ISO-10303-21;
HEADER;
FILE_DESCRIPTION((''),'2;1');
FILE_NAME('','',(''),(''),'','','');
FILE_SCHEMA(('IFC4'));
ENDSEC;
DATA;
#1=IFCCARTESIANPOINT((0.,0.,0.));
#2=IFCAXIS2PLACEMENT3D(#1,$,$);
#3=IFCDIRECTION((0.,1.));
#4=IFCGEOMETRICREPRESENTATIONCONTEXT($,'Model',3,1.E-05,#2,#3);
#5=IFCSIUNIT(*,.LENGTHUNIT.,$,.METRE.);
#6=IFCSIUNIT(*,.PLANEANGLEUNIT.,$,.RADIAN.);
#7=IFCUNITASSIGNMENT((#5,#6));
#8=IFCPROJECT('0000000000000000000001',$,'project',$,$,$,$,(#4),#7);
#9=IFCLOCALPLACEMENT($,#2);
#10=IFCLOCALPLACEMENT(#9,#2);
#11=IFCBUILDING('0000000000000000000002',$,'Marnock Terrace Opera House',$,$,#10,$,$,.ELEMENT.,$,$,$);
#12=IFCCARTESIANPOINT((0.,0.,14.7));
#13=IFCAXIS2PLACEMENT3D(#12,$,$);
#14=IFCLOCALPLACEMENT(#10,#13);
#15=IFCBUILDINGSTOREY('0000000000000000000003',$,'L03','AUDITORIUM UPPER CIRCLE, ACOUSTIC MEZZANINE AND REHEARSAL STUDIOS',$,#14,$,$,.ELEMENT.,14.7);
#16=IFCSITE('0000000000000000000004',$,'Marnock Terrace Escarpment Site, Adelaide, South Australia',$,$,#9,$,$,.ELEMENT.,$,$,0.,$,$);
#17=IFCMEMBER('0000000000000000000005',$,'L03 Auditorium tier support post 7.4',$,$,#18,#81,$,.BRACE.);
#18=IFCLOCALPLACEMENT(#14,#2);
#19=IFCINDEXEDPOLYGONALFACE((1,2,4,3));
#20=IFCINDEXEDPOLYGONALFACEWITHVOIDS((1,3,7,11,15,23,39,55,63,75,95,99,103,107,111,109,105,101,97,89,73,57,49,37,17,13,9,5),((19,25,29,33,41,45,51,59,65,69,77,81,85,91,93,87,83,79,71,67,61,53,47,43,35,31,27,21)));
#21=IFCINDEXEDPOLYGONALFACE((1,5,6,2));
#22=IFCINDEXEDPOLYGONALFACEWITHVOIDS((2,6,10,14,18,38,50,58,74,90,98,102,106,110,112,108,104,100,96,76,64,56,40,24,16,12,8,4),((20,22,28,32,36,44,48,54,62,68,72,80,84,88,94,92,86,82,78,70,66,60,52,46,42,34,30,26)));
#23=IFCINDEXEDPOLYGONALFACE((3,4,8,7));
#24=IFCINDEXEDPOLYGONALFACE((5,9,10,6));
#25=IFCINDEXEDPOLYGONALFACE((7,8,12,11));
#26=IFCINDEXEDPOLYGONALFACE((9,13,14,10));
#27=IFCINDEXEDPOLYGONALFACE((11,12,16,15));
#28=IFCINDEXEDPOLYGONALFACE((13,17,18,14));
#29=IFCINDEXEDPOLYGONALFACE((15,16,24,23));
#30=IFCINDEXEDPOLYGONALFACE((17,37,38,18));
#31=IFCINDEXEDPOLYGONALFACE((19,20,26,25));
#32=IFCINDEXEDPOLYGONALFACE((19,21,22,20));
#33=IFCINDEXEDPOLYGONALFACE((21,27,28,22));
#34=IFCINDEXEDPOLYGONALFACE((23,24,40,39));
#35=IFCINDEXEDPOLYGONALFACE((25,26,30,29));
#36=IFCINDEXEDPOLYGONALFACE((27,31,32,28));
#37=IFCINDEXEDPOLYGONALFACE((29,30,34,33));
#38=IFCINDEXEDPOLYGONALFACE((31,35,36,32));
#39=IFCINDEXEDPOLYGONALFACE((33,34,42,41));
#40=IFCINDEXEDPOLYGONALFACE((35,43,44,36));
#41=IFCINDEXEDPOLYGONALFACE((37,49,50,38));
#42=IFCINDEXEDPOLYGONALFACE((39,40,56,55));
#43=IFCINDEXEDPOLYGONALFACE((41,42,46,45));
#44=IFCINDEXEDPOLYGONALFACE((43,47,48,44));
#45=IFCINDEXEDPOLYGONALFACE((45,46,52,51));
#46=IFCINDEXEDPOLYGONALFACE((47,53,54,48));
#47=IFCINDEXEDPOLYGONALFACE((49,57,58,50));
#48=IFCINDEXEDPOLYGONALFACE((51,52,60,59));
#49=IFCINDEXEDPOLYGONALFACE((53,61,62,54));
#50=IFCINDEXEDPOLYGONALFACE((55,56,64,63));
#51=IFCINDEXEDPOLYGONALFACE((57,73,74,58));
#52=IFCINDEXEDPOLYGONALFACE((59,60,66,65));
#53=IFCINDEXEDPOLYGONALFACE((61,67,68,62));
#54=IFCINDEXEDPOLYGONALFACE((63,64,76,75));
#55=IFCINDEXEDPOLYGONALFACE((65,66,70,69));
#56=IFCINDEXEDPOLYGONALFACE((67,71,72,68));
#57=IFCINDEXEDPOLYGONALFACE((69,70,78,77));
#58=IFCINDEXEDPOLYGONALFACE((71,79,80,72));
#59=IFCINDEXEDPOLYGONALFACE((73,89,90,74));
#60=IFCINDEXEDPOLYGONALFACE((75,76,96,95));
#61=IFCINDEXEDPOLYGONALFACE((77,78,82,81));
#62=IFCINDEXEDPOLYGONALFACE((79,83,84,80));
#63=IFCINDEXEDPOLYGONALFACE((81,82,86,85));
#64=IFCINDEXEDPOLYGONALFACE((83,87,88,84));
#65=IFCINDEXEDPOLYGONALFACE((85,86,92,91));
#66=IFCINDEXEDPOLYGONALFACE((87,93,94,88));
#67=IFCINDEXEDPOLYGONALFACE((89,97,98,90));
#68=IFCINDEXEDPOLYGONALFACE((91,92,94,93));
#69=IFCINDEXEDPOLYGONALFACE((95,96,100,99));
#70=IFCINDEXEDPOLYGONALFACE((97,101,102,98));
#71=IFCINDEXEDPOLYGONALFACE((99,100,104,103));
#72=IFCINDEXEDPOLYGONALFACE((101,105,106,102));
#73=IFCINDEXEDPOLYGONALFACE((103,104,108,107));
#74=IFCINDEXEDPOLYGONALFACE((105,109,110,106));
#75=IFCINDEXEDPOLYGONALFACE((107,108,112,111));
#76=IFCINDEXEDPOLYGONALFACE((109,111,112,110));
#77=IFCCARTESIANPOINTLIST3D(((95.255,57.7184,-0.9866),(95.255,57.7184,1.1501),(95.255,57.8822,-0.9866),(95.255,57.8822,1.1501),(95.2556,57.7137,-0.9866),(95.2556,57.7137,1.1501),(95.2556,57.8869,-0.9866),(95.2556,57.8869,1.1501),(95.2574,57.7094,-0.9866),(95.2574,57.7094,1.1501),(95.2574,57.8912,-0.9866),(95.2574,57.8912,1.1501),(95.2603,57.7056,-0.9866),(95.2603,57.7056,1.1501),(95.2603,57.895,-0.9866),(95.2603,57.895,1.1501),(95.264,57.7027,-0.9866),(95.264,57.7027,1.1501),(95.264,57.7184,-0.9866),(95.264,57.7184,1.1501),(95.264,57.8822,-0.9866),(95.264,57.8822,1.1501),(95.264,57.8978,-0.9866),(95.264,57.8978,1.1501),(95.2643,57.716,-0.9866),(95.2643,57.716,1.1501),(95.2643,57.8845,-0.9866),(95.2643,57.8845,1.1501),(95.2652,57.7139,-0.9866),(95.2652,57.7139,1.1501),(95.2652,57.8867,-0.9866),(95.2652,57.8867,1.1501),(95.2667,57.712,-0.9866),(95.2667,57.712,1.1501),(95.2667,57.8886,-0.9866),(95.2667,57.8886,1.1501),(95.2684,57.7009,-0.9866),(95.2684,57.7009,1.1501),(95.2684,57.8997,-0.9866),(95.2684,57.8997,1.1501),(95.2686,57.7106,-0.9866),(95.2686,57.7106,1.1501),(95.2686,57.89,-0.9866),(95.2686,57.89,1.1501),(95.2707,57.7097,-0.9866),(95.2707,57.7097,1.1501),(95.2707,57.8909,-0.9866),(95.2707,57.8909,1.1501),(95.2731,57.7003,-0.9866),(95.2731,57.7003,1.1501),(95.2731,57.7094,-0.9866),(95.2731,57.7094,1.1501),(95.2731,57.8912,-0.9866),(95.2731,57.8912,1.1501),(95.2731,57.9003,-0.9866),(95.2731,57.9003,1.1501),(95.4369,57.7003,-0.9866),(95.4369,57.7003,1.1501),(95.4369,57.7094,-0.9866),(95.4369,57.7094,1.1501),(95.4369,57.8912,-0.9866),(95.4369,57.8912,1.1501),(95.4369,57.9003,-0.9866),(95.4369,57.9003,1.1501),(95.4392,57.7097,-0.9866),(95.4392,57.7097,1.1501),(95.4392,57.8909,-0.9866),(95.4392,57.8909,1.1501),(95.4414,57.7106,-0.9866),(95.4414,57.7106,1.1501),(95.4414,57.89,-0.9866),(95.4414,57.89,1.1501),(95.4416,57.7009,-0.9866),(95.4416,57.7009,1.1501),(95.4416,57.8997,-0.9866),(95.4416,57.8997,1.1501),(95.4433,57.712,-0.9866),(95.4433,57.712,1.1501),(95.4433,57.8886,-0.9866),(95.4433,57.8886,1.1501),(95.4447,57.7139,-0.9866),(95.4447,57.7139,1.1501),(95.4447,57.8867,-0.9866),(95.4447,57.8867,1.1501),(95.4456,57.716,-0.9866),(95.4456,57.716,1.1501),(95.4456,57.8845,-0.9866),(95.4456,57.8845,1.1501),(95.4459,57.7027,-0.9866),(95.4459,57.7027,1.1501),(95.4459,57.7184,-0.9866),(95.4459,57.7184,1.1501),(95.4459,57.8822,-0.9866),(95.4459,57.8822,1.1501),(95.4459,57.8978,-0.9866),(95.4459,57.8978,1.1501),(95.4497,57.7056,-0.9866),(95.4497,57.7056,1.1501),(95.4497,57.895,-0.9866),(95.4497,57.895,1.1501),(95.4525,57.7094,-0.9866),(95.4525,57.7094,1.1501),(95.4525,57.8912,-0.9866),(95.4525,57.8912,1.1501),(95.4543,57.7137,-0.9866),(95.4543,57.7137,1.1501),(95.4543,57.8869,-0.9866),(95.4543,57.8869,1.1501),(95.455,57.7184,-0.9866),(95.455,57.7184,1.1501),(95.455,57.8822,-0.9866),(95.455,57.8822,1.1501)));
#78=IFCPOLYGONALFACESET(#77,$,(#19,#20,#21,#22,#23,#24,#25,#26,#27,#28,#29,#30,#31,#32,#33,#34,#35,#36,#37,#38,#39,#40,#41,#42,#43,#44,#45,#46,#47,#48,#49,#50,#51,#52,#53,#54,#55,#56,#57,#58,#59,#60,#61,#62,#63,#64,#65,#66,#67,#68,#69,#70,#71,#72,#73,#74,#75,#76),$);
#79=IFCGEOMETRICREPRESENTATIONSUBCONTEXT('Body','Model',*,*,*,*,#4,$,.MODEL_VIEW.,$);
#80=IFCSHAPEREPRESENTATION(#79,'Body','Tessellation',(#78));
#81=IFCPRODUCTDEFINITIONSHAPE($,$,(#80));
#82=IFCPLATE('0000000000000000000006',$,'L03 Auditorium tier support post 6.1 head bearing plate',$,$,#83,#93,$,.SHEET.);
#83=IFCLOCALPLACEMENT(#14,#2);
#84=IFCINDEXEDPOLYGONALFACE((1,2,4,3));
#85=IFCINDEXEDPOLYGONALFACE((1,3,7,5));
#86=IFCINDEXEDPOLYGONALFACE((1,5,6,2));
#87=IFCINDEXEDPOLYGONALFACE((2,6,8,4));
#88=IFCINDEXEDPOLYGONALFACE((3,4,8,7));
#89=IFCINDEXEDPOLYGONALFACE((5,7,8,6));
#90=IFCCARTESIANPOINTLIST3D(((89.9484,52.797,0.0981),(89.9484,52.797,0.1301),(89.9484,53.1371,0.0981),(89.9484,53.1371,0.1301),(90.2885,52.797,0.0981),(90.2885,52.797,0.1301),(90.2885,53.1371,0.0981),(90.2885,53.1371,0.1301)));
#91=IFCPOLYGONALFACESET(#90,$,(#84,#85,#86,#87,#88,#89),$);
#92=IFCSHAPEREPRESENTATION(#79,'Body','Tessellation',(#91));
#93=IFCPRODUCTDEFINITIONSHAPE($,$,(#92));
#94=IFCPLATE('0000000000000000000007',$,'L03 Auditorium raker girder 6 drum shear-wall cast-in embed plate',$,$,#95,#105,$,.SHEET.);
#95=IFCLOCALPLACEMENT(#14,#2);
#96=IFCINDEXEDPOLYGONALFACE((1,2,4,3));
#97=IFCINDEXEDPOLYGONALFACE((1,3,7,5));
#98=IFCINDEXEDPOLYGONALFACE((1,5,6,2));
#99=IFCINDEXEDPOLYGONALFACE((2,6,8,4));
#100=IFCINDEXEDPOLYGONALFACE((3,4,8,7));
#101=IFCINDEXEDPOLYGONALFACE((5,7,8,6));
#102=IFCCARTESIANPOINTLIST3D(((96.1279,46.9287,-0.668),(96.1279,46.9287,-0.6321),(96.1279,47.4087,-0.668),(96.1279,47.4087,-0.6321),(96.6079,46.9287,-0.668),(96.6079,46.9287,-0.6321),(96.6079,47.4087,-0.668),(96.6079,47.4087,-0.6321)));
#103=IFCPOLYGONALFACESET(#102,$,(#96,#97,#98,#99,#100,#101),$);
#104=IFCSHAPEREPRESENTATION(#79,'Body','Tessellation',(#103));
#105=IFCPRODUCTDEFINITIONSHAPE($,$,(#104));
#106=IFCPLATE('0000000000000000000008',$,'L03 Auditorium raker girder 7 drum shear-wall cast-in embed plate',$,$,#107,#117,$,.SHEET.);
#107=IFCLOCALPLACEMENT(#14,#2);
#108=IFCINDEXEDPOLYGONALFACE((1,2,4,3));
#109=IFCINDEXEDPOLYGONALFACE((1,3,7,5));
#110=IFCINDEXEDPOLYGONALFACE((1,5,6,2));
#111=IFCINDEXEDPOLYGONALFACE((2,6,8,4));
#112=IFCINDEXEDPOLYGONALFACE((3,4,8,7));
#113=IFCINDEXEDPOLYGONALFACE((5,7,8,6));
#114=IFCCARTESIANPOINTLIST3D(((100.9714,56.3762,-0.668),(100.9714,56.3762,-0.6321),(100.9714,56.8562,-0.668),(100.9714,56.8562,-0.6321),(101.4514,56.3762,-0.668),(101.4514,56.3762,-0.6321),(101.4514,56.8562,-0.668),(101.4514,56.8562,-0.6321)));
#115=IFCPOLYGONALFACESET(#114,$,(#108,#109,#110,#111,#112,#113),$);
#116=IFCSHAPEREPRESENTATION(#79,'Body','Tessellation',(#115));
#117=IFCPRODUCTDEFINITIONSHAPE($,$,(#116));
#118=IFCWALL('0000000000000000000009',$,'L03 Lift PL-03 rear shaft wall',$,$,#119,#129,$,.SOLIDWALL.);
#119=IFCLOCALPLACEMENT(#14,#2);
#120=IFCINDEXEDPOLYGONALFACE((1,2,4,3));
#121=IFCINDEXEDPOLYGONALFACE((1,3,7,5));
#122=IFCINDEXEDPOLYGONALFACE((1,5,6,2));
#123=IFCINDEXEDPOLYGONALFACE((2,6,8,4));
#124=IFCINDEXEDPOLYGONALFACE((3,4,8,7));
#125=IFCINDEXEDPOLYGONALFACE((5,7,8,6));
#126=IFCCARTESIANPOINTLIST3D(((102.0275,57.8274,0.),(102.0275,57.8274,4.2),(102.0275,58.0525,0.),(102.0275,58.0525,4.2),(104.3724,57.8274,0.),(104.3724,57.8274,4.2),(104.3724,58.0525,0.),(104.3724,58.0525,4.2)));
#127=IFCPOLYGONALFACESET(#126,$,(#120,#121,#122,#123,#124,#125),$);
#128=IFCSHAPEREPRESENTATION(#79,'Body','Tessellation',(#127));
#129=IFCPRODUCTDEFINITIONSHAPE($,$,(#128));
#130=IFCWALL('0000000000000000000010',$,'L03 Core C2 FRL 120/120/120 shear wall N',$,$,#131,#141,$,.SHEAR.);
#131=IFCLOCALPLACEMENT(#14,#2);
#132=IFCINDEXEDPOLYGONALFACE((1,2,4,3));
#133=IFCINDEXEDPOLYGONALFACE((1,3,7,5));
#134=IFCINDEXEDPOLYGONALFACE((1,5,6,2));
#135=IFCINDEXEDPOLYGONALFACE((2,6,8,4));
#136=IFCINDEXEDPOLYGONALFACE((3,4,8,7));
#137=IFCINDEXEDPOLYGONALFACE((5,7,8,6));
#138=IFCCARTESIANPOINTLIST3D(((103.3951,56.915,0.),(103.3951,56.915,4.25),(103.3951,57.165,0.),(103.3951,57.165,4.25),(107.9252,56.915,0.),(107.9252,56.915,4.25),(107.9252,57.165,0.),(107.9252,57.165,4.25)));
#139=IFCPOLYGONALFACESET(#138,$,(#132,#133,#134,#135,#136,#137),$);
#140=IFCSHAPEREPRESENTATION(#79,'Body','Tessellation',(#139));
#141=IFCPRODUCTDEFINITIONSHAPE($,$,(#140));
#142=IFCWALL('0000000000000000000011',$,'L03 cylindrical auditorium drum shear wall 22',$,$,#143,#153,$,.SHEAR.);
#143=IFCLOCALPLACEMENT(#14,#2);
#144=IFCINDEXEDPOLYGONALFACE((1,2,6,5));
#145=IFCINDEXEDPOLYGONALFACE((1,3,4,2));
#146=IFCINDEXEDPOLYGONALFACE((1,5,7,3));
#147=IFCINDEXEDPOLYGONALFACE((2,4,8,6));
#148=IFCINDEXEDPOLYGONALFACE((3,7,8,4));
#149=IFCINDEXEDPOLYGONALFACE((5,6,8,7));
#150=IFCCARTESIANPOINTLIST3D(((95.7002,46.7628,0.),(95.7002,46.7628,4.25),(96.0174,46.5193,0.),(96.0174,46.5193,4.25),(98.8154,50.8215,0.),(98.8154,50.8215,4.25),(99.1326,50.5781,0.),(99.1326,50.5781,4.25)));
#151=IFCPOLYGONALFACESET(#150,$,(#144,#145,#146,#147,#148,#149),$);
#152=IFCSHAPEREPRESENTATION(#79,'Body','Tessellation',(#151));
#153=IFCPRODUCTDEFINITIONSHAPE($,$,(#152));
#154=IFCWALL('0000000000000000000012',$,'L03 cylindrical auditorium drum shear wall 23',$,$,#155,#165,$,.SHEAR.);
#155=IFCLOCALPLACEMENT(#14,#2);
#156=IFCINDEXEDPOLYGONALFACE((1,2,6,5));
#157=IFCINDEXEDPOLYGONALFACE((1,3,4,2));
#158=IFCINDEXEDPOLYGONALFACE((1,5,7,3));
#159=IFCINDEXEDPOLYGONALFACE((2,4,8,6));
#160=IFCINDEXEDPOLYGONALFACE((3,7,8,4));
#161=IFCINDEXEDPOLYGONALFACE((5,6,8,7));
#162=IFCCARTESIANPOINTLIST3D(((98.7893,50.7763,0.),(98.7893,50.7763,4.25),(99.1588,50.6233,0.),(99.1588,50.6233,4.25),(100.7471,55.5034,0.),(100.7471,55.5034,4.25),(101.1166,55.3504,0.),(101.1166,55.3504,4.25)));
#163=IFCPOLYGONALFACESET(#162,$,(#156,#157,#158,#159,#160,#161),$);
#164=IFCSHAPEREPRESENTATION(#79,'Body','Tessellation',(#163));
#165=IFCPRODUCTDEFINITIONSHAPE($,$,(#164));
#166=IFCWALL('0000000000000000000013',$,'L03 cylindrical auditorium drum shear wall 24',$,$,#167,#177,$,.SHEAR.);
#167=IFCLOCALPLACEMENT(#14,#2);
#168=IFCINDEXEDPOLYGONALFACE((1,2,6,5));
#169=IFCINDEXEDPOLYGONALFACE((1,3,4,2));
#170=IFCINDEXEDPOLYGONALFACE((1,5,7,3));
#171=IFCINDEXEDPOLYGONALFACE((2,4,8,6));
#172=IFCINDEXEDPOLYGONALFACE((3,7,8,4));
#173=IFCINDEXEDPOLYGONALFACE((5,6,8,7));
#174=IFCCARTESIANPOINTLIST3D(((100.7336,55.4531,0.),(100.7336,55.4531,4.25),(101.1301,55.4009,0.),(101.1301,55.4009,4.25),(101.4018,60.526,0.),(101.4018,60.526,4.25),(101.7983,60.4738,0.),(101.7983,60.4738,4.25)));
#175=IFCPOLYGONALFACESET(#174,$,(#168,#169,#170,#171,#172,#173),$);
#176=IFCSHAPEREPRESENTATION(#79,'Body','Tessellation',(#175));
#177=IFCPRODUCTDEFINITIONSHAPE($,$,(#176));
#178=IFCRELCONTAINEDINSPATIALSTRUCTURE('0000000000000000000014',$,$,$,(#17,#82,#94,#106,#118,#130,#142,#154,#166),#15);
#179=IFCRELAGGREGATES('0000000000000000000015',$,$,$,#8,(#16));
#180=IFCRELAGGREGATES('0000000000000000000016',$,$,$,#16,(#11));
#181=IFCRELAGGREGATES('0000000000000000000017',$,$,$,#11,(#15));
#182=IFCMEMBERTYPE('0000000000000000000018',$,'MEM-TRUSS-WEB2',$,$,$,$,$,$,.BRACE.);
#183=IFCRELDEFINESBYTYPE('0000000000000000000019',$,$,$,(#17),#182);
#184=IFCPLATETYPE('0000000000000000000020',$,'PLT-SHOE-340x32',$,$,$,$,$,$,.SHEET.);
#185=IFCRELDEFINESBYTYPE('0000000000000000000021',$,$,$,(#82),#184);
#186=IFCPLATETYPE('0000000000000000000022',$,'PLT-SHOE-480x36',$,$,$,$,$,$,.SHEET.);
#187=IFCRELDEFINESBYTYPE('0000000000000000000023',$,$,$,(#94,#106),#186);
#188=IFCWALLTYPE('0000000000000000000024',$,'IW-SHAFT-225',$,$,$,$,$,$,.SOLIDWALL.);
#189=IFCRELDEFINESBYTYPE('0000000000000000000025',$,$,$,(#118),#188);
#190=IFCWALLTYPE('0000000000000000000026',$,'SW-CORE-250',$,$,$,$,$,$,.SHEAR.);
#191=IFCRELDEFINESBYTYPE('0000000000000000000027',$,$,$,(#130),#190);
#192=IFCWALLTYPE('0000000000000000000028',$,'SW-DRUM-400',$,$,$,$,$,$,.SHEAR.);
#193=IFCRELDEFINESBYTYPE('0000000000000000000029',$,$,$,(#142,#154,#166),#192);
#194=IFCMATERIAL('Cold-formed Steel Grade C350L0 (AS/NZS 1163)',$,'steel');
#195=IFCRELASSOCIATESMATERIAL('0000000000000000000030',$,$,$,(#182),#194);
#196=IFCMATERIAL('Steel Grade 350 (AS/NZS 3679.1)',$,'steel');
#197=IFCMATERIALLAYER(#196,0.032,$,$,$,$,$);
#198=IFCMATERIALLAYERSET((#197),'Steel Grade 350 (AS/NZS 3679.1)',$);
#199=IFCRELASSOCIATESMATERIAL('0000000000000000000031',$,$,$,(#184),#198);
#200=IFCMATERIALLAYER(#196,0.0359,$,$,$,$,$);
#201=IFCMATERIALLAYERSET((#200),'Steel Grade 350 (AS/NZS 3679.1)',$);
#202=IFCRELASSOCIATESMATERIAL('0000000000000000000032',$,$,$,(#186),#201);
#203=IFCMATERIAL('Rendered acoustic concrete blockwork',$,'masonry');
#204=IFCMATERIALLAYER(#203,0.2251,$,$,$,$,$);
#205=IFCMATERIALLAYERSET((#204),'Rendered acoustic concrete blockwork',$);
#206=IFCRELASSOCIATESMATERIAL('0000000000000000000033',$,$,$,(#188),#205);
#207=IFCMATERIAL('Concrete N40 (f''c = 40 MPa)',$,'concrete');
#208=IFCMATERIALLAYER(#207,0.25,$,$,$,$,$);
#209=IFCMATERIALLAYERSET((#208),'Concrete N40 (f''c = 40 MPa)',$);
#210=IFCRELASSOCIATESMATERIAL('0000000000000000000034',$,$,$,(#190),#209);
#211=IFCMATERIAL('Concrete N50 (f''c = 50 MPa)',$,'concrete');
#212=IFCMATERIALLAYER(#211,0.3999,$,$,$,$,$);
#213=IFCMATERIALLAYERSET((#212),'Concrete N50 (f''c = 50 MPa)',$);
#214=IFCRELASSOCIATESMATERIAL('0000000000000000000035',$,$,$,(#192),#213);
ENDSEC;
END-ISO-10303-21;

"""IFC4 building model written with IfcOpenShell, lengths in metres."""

from ifc_helpers import new_model, si_unit, direction, frame, frame_2d, origin, origin_2d, place, context, subcontext, project, spatial, rectangle, hollow_rectangle, extrude, material, layer, layer_set, material_profile, profile_set, type_object, element, save


model = new_model("IFC4")

# Units and contexts
model_context = context("Model", 3, precision=1e-05, world=origin(), true_north=direction((0.0, 1.0)))
body_context = subcontext(model_context, "Body", "Model", "MODEL_VIEW")
ifc_project = project(units=[si_unit("LENGTHUNIT", "METRE"), si_unit("PLANEANGLEUNIT", "RADIAN")], contexts=[model_context])

# Site, building, storey
site_placement = place(None, origin())
site = spatial("IfcSite", under=ifc_project, at=site_placement, Name="Marnock Terrace Escarpment Site, Adelaide, South Australia", CompositionType="ELEMENT", RefElevation=0.0)
building_placement = place(site_placement, origin())
building = spatial("IfcBuilding", under=site, at=building_placement, Name="Marnock Terrace Opera House", CompositionType="ELEMENT")
storey_placement = place(building_placement, frame((0.0, 0.0, 14.7)))
storey = spatial("IfcBuildingStorey", under=building, at=storey_placement, Name="L03", Description="AUDITORIUM UPPER CIRCLE, ACOUSTIC MEZZANINE AND REHEARSAL STUDIOS", CompositionType="ELEMENT", Elevation=14.7)

# Shared definitions
ifc_material_1 = material(Name="Concrete N50 (f'c = 50 MPa)", Category="concrete")
ifc_material_2 = material(Name="Concrete N40 (f'c = 40 MPa)", Category="concrete")
ifc_material_3 = material(Name="Steel Grade 350 (AS/NZS 3679.1)", Category="steel")

# Member
ifc_material_4 = material(Name="Cold-formed Steel Grade C350L0 (AS/NZS 1163)", Category="steel")
ifc_material_profile_1 = material_profile(ifc_material_4, hollow_rectangle(XDim=0.2, YDim=0.2, WallThickness=0.009, InnerFilletRadius=0.009, OuterFilletRadius=0.0181, at=origin_2d()))
ifc_profile_set_1 = profile_set([ifc_material_profile_1], Name="Cold-formed Steel Grade C350L0 (AS/NZS 1163)")
member_type = type_object("IfcMemberType", Name="MEM-TRUSS-WEB2", PredefinedType="BRACE", material=ifc_profile_set_1)
for number, where, z_axis, x_axis, name in (
    (1, (95.355, 57.8003, -0.9866), (0.0, 0.0, 1.0), (1.0, 0.0, 0.0), "L03 Auditorium tier support post 7.4"),
):
    element("IfcMember", number, at=place(storey_placement, frame(where, z_axis=z_axis, x_axis=x_axis)), inside=storey, type_object=member_type, Name=name, PredefinedType="BRACE", context=body_context, shape_type="SweptSolid", body=[
        extrude(hollow_rectangle(XDim=0.2, YDim=0.2, WallThickness=0.009, InnerFilletRadius=0.009, OuterFilletRadius=0.0181, at=origin_2d()), origin(), (0.0, 0.0, 1.0), 2.1367),
    ])

# Plates
ifc_layer_1 = layer(ifc_material_3, 0.032)
ifc_layer_set_1 = layer_set([ifc_layer_1], Name="Steel Grade 350 (AS/NZS 3679.1)")
plate_type_1 = type_object("IfcPlateType", Name="PLT-SHOE-340x32", PredefinedType="SHEET", material=ifc_layer_set_1)
plate_placement = place(storey_placement, frame((90.1184, 52.967, 0.0981), z_axis=(0.0, 0.0, 1.0), x_axis=(1.0, 0.0, 0.0)))
element("IfcPlate", 2, at=plate_placement, inside=storey, type_object=plate_type_1, Name="L03 Auditorium tier support post 6.1 head bearing plate", PredefinedType="SHEET", context=body_context, shape_type="SweptSolid", body=[
    extrude(rectangle(XDim=0.3401, YDim=0.3401, at=origin_2d()), origin(), (0.0, 0.0, 1.0), 0.032),
])
ifc_layer_2 = layer(ifc_material_3, 0.0359)
ifc_layer_set_2 = layer_set([ifc_layer_2], Name="Steel Grade 350 (AS/NZS 3679.1)")
plate_type_2 = type_object("IfcPlateType", Name="PLT-SHOE-480x36", PredefinedType="SHEET", material=ifc_layer_set_2)
for number, where, z_axis, x_axis, name in (
    (3, (96.3679, 47.1687, -0.668), (0.0, 0.0, 1.0), (1.0, 0.0, 0.0), "L03 Auditorium raker girder 6 drum shear-wall cast-in embed plate"),
    (4, (101.2114, 56.6162, -0.668), (0.0, 0.0, 1.0), (1.0, 0.0, 0.0), "L03 Auditorium raker girder 7 drum shear-wall cast-in embed plate"),
):
    element("IfcPlate", number, at=place(storey_placement, frame(where, z_axis=z_axis, x_axis=x_axis)), inside=storey, type_object=plate_type_2, Name=name, PredefinedType="SHEET", context=body_context, shape_type="SweptSolid", body=[
        extrude(rectangle(XDim=0.48, YDim=0.48, at=origin_2d()), origin(), (0.0, 0.0, 1.0), 0.0359),
    ])

# Walls
ifc_material_5 = material(Name="Rendered acoustic concrete blockwork", Category="masonry")
ifc_layer_3 = layer(ifc_material_5, 0.2251)
ifc_layer_set_3 = layer_set([ifc_layer_3], Name="Rendered acoustic concrete blockwork")
wall_type_1 = type_object("IfcWallType", Name="IW-SHAFT-225", PredefinedType="SOLIDWALL", material=ifc_layer_set_3)
wall_1_placement = place(storey_placement, frame((102.0276, 57.9399, 0.0), z_axis=(0.0, 0.0, 1.0), x_axis=(1.0, 0.0, 0.0)))
element("IfcWall", 5, at=wall_1_placement, inside=storey, type_object=wall_type_1, Name="L03 Lift PL-03 rear shaft wall", PredefinedType="SOLIDWALL", context=body_context, shape_type="SweptSolid", body=[
    extrude(rectangle(XDim=2.345, YDim=0.2251, at=frame_2d((1.1724, 0.0))), origin(), (0.0, 0.0, 1.0), 4.2),
])
ifc_layer_4 = layer(ifc_material_2, 0.25)
ifc_layer_set_4 = layer_set([ifc_layer_4], Name="Concrete N40 (f'c = 40 MPa)")
wall_type_2 = type_object("IfcWallType", Name="SW-CORE-250", PredefinedType="SHEAR", material=ifc_layer_set_4)
wall_2_placement = place(storey_placement, frame((103.395, 57.04, 0.0), z_axis=(0.0, 0.0, 1.0), x_axis=(1.0, 0.0, 0.0)))
element("IfcWall", 6, at=wall_2_placement, inside=storey, type_object=wall_type_2, Name="L03 Core C2 FRL 120/120/120 shear wall N", PredefinedType="SHEAR", context=body_context, shape_type="SweptSolid", body=[
    extrude(rectangle(XDim=4.53, YDim=0.25, at=frame_2d((2.2651, 0.0))), origin(), (0.0, 0.0, 1.0), 4.25),
])
ifc_layer_5 = layer(ifc_material_1, 0.3999)
ifc_layer_set_5 = layer_set([ifc_layer_5], Name="Concrete N50 (f'c = 50 MPa)")
wall_type_3 = type_object("IfcWallType", Name="SW-DRUM-400", PredefinedType="SHEAR", material=ifc_layer_set_5)
for number, where, z_axis, x_axis, name in (
    (7, (95.8589, 46.6411, 0.0), (0.0, 0.0, 1.0), (0.608857, 0.79328, 0.0), "L03 cylindrical auditorium drum shear wall 22"),
    (8, (98.9741, 50.7, 0.0), (0.0, 0.0, 1.0), (0.382643, 0.923896, 0.0), "L03 cylindrical auditorium drum shear wall 23"),
):
    element("IfcWall", number, at=place(storey_placement, frame(where, z_axis=z_axis, x_axis=x_axis)), inside=storey, type_object=wall_type_3, Name=name, PredefinedType="SHEAR", context=body_context, shape_type="SweptSolid", body=[
        extrude(rectangle(XDim=5.1165, YDim=0.3999, at=frame_2d((2.5581, 0.0))), origin(), (0.0, 0.0, 1.0), 4.25),
    ])
wall_3_placement = place(storey_placement, frame((100.9319, 55.427, 0.0), z_axis=(0.0, 0.0, 1.0), x_axis=(0.130592, 0.991436, 0.0)))
element("IfcWall", 9, at=wall_3_placement, inside=storey, type_object=wall_type_3, Name="L03 cylindrical auditorium drum shear wall 24", PredefinedType="SHEAR", context=body_context, shape_type="SweptSolid", body=[
    extrude(rectangle(XDim=5.1167, YDim=0.3999, at=frame_2d((2.5583, 0.0))), origin(), (0.0, 0.0, 1.0), 4.25),
])

save(model, "model.ifc")
